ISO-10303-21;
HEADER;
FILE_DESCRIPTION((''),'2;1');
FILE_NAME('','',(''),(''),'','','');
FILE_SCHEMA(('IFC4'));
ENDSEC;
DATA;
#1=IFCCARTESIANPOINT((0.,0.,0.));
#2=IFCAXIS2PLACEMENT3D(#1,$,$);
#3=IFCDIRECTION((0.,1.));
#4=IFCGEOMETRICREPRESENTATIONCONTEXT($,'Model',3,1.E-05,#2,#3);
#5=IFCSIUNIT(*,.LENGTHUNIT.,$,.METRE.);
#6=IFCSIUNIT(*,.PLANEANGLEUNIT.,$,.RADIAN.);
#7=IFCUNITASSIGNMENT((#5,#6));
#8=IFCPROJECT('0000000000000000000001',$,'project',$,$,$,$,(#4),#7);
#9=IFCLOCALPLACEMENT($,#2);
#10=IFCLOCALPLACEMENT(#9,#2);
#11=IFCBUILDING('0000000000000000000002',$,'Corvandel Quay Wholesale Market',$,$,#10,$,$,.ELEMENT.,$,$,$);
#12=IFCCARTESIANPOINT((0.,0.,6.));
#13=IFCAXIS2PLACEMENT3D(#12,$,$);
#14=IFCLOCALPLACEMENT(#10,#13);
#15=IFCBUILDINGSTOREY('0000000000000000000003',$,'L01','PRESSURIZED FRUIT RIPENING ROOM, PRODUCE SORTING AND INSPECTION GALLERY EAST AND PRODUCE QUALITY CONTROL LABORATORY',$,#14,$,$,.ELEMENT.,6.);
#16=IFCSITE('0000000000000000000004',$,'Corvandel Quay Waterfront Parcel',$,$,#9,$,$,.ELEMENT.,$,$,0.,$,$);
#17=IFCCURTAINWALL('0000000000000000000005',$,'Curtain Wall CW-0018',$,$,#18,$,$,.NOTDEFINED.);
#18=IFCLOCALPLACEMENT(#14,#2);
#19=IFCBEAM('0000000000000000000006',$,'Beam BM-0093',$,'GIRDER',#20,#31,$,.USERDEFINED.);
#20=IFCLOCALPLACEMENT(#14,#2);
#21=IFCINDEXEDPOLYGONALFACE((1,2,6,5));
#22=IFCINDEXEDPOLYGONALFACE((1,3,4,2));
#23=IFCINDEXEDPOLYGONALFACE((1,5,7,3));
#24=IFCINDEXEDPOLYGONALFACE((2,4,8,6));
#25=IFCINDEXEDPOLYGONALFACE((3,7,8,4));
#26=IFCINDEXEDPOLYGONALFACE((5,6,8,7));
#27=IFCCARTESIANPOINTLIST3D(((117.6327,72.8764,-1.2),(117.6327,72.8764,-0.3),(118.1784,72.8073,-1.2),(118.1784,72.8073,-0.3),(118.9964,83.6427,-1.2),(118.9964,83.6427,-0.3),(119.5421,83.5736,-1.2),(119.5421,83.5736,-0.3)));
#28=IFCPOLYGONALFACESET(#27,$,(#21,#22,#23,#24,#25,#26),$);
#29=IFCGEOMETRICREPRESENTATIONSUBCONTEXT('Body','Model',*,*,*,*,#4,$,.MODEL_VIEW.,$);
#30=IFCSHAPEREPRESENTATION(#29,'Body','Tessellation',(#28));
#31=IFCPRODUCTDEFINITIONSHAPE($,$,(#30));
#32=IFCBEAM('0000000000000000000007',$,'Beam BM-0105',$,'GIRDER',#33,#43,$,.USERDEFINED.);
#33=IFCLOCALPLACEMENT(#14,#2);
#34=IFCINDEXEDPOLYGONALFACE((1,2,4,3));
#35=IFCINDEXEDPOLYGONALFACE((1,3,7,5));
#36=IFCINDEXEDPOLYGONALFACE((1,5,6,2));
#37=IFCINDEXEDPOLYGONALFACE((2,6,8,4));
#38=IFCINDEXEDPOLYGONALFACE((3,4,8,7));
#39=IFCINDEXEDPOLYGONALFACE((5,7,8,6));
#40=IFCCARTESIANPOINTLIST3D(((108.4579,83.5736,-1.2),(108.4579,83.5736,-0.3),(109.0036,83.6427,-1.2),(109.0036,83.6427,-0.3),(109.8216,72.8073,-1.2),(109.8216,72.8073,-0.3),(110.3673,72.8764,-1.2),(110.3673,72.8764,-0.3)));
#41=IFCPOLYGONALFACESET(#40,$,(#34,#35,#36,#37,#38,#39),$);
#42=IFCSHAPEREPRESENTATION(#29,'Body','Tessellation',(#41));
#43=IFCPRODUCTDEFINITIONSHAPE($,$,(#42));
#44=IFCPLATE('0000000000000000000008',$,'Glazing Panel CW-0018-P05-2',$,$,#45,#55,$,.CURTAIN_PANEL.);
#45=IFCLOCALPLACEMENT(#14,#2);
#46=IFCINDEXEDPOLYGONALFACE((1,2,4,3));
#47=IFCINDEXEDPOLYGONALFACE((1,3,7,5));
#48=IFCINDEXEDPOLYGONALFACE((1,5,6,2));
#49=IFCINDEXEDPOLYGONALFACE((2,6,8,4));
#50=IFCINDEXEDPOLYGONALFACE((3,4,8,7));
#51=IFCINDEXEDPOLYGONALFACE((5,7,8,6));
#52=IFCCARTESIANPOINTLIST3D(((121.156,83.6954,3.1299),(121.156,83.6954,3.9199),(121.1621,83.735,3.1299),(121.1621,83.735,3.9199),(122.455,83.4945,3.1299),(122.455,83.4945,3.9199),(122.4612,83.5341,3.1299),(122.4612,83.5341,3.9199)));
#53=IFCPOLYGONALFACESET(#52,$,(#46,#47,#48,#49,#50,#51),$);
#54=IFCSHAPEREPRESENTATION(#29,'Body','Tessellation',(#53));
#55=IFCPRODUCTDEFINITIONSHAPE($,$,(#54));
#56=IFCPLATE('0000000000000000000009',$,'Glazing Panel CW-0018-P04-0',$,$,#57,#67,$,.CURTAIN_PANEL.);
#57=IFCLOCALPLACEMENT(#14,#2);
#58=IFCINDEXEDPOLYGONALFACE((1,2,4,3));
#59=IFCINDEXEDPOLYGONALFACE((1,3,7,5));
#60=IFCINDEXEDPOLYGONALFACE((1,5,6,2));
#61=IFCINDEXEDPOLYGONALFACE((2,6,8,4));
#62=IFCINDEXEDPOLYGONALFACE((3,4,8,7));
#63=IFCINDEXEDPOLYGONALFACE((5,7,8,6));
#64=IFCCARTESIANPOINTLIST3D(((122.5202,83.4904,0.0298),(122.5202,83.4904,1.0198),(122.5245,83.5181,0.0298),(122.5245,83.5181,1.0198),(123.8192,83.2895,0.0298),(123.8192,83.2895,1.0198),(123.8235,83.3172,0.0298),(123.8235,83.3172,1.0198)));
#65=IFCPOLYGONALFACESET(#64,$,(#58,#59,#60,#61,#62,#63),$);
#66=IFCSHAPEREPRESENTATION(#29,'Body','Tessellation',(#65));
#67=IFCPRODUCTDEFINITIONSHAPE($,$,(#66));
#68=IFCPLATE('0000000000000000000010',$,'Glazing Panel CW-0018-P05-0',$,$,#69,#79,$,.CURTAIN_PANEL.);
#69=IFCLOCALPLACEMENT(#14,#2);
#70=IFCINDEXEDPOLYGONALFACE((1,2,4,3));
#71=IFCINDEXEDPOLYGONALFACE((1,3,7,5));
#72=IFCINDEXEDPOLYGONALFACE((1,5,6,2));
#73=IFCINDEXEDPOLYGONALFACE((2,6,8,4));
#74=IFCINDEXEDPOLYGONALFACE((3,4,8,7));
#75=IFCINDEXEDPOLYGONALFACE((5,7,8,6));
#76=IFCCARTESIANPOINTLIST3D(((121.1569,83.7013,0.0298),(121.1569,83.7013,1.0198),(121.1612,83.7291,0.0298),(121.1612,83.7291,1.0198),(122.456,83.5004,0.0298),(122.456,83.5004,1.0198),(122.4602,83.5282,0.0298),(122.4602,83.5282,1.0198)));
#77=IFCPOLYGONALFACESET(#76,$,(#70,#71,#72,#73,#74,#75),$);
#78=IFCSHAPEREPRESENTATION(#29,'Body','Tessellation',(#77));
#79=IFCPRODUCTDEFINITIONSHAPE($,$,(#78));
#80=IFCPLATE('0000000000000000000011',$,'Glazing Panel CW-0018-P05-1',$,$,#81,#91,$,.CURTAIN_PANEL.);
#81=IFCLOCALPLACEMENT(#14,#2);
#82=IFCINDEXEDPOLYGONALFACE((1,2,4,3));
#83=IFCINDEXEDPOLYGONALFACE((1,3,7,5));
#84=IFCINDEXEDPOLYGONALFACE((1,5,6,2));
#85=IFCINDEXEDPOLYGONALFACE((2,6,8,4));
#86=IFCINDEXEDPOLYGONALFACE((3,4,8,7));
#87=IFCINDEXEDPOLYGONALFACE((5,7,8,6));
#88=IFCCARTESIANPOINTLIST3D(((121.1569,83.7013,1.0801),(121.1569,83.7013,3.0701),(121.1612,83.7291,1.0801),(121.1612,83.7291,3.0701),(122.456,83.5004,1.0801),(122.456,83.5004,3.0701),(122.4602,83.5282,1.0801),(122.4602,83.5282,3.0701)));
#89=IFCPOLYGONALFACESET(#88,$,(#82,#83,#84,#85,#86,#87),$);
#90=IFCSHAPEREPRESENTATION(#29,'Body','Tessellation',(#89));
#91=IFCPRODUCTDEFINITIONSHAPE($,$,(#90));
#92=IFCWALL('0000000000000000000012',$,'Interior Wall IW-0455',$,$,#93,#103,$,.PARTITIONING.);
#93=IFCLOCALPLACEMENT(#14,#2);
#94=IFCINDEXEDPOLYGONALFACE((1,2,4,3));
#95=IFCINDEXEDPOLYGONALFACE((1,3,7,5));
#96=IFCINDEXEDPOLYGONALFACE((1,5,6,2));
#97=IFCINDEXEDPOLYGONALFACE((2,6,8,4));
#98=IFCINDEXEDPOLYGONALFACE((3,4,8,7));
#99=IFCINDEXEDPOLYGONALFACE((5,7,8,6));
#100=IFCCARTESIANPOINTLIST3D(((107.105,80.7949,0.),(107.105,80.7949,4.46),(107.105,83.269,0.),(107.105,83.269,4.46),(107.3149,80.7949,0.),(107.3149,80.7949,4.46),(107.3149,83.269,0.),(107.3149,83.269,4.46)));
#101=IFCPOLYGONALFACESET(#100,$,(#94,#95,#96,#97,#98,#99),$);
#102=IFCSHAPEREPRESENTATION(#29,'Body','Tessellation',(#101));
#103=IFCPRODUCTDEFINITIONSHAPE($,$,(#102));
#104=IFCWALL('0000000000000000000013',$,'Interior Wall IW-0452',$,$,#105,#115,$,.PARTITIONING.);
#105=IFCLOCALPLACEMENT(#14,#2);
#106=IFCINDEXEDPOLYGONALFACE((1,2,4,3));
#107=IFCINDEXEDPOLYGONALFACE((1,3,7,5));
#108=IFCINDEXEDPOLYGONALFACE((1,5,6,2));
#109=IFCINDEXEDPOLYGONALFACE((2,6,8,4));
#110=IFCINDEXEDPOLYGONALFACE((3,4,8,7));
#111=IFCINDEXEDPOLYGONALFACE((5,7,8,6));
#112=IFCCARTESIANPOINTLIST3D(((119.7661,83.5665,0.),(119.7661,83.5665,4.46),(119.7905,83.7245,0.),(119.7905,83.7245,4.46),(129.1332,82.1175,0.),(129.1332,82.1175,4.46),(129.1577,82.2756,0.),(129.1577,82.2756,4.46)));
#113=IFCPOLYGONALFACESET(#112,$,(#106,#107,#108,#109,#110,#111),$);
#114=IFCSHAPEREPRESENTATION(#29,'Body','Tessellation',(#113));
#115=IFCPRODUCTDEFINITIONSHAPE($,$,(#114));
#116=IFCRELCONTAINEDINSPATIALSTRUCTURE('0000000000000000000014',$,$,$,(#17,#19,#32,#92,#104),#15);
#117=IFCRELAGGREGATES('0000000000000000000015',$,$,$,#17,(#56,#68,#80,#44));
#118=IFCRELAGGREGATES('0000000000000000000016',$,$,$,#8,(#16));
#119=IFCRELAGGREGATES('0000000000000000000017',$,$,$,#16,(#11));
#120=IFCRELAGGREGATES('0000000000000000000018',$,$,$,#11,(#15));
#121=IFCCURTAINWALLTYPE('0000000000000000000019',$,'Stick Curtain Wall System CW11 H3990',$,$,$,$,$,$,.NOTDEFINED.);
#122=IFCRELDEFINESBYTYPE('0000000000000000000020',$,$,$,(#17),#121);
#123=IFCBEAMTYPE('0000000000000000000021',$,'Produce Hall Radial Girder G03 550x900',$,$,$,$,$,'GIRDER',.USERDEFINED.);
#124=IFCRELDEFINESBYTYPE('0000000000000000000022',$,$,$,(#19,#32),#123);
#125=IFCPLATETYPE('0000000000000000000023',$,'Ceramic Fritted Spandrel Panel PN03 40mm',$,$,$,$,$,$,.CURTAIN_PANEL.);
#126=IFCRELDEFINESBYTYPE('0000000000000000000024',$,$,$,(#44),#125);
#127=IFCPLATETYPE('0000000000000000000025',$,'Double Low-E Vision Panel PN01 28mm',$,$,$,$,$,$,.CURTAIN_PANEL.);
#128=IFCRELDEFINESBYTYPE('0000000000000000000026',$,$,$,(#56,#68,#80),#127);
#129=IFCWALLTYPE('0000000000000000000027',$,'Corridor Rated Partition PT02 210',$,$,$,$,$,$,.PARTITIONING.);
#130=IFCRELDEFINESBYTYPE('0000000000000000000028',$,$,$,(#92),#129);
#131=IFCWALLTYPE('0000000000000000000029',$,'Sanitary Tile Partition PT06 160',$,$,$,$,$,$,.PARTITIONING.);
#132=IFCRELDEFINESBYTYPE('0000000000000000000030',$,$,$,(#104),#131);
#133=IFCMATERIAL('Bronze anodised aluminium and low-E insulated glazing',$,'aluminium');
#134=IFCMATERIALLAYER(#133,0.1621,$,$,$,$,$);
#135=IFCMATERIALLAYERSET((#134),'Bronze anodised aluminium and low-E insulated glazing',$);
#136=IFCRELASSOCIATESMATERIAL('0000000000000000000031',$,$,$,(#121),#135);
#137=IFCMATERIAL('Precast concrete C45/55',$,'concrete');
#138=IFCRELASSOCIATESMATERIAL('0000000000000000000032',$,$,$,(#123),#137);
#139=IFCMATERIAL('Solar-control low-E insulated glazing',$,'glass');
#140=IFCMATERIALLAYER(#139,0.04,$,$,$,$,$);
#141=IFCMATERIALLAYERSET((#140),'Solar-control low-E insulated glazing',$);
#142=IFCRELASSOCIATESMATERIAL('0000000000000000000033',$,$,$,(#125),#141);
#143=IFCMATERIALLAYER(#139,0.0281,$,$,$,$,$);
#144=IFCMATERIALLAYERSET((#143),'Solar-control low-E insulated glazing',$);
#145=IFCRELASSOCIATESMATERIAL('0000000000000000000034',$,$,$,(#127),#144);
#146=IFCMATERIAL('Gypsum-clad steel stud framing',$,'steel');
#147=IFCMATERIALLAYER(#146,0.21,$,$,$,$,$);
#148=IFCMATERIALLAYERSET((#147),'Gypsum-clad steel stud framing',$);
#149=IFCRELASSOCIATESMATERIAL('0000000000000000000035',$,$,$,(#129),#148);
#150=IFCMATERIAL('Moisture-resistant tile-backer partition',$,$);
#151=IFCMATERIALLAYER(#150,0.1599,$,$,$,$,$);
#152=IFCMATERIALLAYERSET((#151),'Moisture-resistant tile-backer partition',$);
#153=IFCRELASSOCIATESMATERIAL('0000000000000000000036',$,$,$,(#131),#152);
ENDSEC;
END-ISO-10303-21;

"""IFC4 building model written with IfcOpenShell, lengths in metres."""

from ifc_helpers import new_model, si_unit, direction, frame, frame_2d, origin, origin_2d, place, context, subcontext, project, spatial, rectangle, extrude, material, layer, layer_set, material_profile, profile_set, type_object, element, aggregate, save


model = new_model("IFC4")

# Units and contexts
model_context = context("Model", 3, precision=1e-05, world=origin(), true_north=direction((0.0, 1.0)))
body_context = subcontext(model_context, "Body", "Model", "MODEL_VIEW")
ifc_project = project(units=[si_unit("LENGTHUNIT", "METRE"), si_unit("PLANEANGLEUNIT", "RADIAN")], contexts=[model_context])

# Site, building, storey
site_placement = place(None, origin())
site = spatial("IfcSite", under=ifc_project, at=site_placement, Name="Corvandel Quay Waterfront Parcel", CompositionType="ELEMENT", RefElevation=0.0)
building_placement = place(site_placement, origin())
building = spatial("IfcBuilding", under=site, at=building_placement, Name="Corvandel Quay Wholesale Market", CompositionType="ELEMENT")
storey_placement = place(building_placement, frame((0.0, 0.0, 6.0)))
storey = spatial("IfcBuildingStorey", under=building, at=storey_placement, Name="L01", Description="PRESSURIZED FRUIT RIPENING ROOM, PRODUCE SORTING AND INSPECTION GALLERY EAST AND PRODUCE QUALITY CONTROL LABORATORY", CompositionType="ELEMENT", Elevation=6.0)

# Curtain wall
ifc_material_1 = material(Name="Bronze anodised aluminium and low-E insulated glazing", Category="aluminium")
ifc_layer_1 = layer(ifc_material_1, 0.1621)
ifc_layer_set_1 = layer_set([ifc_layer_1], Name="Bronze anodised aluminium and low-E insulated glazing")
curtain_wall_type_1 = type_object("IfcCurtainWallType", Name="Stick Curtain Wall System CW11 H3990", PredefinedType="NOTDEFINED", material=ifc_layer_set_1)
curtain_wall_1_placement = place(storey_placement, origin())
curtain_wall_1 = element("IfcCurtainWall", 1, at=curtain_wall_1_placement, inside=storey, type_object=curtain_wall_type_1, Name="Curtain Wall CW-0018", PredefinedType="NOTDEFINED")

# Beams
ifc_material_2 = material(Name="Precast concrete C45/55", Category="concrete")
ifc_material_profile_1 = material_profile(ifc_material_2, rectangle(XDim=0.55, YDim=0.8999, at=origin_2d()), Name="PC-GIR-550x900")
ifc_profile_set_1 = profile_set([ifc_material_profile_1], Name="Precast concrete C45/55")
beam_type = type_object("IfcBeamType", Name="Produce Hall Radial Girder G03 550x900", ElementType="GIRDER", PredefinedType="USERDEFINED", material=ifc_profile_set_1)
for number, where, z_axis, x_axis, name in (
    (2, (119.2693, 83.6082, -0.75), (-0.125665, -0.992073, 0.0), (0.992073, -0.125665, 0.0), "Beam BM-0093"),
    (3, (108.7307, 83.6082, -0.75), (0.125665, -0.992073, 0.0), (0.992073, 0.125665, 0.0), "Beam BM-0105"),
):
    element("IfcBeam", number, at=place(storey_placement, frame(where, z_axis=z_axis, x_axis=x_axis)), inside=storey, type_object=beam_type, Name=name, ObjectType="GIRDER", PredefinedType="USERDEFINED", context=body_context, shape_type="SweptSolid", body=[
        extrude(rectangle(XDim=0.55, YDim=0.8999, at=origin_2d()), origin(), (0.0, 0.0, 1.0), 10.8523),
    ])

# Plates
ifc_material_3 = material(Name="Solar-control low-E insulated glazing", Category="glass")
ifc_layer_2 = layer(ifc_material_3, 0.04)
ifc_layer_set_2 = layer_set([ifc_layer_2], Name="Solar-control low-E insulated glazing")
plate_type_1 = type_object("IfcPlateType", Name="Ceramic Fritted Spandrel Panel PN03 40mm", PredefinedType="CURTAIN_PANEL", material=ifc_layer_set_2)
plate_1_placement = place(storey_placement, frame((121.8086, 83.6147, 3.1299), z_axis=(0.0, 0.0, 1.0), x_axis=(-0.988255, 0.152813, 0.0)))
plate_1 = element("IfcPlate", 4, at=plate_1_placement, type_object=plate_type_1, Name="Glazing Panel CW-0018-P05-2", PredefinedType="CURTAIN_PANEL", context=body_context, shape_type="SweptSolid", body=[
    extrude(rectangle(XDim=1.3145, YDim=0.04, at=origin_2d()), origin(), (0.0, 0.0, 1.0), 0.79),
])
ifc_layer_3 = layer(ifc_material_3, 0.0281)
ifc_layer_set_3 = layer_set([ifc_layer_3], Name="Solar-control low-E insulated glazing")
plate_type_2 = type_object("IfcPlateType", Name="Double Low-E Vision Panel PN01 28mm", PredefinedType="CURTAIN_PANEL", material=ifc_layer_set_3)
plate_2_placement = place(storey_placement, frame((123.1719, 83.4038, 0.0298), z_axis=(0.0, 0.0, 1.0), x_axis=(-0.988255, 0.152813, 0.0)))
plate_2 = element("IfcPlate", 5, at=plate_2_placement, type_object=plate_type_2, Name="Glazing Panel CW-0018-P04-0", PredefinedType="CURTAIN_PANEL", context=body_context, shape_type="SweptSolid", body=[
    extrude(rectangle(XDim=1.3145, YDim=0.0281, at=origin_2d()), origin(), (0.0, 0.0, 1.0), 0.99),
])
plate_3_placement = place(storey_placement, frame((121.8086, 83.6147, 0.0298), z_axis=(0.0, 0.0, 1.0), x_axis=(-0.988255, 0.152813, 0.0)))
plate_3 = element("IfcPlate", 6, at=plate_3_placement, type_object=plate_type_2, Name="Glazing Panel CW-0018-P05-0", PredefinedType="CURTAIN_PANEL", context=body_context, shape_type="SweptSolid", body=[
    extrude(rectangle(XDim=1.3145, YDim=0.0281, at=origin_2d()), origin(), (0.0, 0.0, 1.0), 0.99),
])
plate_4_placement = place(storey_placement, frame((121.8086, 83.6147, 1.0801), z_axis=(0.0, 0.0, 1.0), x_axis=(-0.988255, 0.152813, 0.0)))
plate_4 = element("IfcPlate", 7, at=plate_4_placement, type_object=plate_type_2, Name="Glazing Panel CW-0018-P05-1", PredefinedType="CURTAIN_PANEL", context=body_context, shape_type="SweptSolid", body=[
    extrude(rectangle(XDim=1.3145, YDim=0.0281, at=origin_2d()), origin(), (0.0, 0.0, 1.0), 1.99),
])
aggregate(curtain_wall_1, [plate_2, plate_3, plate_4, plate_1])

# Walls
ifc_material_4 = material(Name="Gypsum-clad steel stud framing", Category="steel")
ifc_layer_4 = layer(ifc_material_4, 0.21)
ifc_layer_set_4 = layer_set([ifc_layer_4], Name="Gypsum-clad steel stud framing")
wall_type_1 = type_object("IfcWallType", Name="Corridor Rated Partition PT02 210", PredefinedType="PARTITIONING", material=ifc_layer_set_4)
wall_1_placement = place(storey_placement, frame((107.21, 83.269, 0.0), z_axis=(0.0, 0.0, 1.0), x_axis=(0.0, -1.0, 0.0)))
element("IfcWall", 8, at=wall_1_placement, inside=storey, type_object=wall_type_1, Name="Interior Wall IW-0455", PredefinedType="PARTITIONING", context=body_context, shape_type="SweptSolid", body=[
    extrude(rectangle(XDim=2.4741, YDim=0.21, at=frame_2d((1.2371, 0.0))), origin(), (0.0, 0.0, 1.0), 4.46),
])
ifc_material_5 = material(Name="Moisture-resistant tile-backer partition")
ifc_layer_5 = layer(ifc_material_5, 0.1599)
ifc_layer_set_5 = layer_set([ifc_layer_5], Name="Moisture-resistant tile-backer partition")
wall_type_2 = type_object("IfcWallType", Name="Sanitary Tile Partition PT06 160", PredefinedType="PARTITIONING", material=ifc_layer_set_5)
wall_2_placement = place(storey_placement, frame((119.7783, 83.6455, 0.0), z_axis=(0.0, 0.0, 1.0), x_axis=(0.988247, -0.152868, 0.0)))
element("IfcWall", 9, at=wall_2_placement, inside=storey, type_object=wall_type_2, Name="Interior Wall IW-0452", PredefinedType="PARTITIONING", context=body_context, shape_type="SweptSolid", body=[
    extrude(rectangle(XDim=9.4785, YDim=0.1599, at=frame_2d((4.7393, 0.0))), origin(), (0.0, 0.0, 1.0), 4.46),
])

save(model, "model.ifc")
